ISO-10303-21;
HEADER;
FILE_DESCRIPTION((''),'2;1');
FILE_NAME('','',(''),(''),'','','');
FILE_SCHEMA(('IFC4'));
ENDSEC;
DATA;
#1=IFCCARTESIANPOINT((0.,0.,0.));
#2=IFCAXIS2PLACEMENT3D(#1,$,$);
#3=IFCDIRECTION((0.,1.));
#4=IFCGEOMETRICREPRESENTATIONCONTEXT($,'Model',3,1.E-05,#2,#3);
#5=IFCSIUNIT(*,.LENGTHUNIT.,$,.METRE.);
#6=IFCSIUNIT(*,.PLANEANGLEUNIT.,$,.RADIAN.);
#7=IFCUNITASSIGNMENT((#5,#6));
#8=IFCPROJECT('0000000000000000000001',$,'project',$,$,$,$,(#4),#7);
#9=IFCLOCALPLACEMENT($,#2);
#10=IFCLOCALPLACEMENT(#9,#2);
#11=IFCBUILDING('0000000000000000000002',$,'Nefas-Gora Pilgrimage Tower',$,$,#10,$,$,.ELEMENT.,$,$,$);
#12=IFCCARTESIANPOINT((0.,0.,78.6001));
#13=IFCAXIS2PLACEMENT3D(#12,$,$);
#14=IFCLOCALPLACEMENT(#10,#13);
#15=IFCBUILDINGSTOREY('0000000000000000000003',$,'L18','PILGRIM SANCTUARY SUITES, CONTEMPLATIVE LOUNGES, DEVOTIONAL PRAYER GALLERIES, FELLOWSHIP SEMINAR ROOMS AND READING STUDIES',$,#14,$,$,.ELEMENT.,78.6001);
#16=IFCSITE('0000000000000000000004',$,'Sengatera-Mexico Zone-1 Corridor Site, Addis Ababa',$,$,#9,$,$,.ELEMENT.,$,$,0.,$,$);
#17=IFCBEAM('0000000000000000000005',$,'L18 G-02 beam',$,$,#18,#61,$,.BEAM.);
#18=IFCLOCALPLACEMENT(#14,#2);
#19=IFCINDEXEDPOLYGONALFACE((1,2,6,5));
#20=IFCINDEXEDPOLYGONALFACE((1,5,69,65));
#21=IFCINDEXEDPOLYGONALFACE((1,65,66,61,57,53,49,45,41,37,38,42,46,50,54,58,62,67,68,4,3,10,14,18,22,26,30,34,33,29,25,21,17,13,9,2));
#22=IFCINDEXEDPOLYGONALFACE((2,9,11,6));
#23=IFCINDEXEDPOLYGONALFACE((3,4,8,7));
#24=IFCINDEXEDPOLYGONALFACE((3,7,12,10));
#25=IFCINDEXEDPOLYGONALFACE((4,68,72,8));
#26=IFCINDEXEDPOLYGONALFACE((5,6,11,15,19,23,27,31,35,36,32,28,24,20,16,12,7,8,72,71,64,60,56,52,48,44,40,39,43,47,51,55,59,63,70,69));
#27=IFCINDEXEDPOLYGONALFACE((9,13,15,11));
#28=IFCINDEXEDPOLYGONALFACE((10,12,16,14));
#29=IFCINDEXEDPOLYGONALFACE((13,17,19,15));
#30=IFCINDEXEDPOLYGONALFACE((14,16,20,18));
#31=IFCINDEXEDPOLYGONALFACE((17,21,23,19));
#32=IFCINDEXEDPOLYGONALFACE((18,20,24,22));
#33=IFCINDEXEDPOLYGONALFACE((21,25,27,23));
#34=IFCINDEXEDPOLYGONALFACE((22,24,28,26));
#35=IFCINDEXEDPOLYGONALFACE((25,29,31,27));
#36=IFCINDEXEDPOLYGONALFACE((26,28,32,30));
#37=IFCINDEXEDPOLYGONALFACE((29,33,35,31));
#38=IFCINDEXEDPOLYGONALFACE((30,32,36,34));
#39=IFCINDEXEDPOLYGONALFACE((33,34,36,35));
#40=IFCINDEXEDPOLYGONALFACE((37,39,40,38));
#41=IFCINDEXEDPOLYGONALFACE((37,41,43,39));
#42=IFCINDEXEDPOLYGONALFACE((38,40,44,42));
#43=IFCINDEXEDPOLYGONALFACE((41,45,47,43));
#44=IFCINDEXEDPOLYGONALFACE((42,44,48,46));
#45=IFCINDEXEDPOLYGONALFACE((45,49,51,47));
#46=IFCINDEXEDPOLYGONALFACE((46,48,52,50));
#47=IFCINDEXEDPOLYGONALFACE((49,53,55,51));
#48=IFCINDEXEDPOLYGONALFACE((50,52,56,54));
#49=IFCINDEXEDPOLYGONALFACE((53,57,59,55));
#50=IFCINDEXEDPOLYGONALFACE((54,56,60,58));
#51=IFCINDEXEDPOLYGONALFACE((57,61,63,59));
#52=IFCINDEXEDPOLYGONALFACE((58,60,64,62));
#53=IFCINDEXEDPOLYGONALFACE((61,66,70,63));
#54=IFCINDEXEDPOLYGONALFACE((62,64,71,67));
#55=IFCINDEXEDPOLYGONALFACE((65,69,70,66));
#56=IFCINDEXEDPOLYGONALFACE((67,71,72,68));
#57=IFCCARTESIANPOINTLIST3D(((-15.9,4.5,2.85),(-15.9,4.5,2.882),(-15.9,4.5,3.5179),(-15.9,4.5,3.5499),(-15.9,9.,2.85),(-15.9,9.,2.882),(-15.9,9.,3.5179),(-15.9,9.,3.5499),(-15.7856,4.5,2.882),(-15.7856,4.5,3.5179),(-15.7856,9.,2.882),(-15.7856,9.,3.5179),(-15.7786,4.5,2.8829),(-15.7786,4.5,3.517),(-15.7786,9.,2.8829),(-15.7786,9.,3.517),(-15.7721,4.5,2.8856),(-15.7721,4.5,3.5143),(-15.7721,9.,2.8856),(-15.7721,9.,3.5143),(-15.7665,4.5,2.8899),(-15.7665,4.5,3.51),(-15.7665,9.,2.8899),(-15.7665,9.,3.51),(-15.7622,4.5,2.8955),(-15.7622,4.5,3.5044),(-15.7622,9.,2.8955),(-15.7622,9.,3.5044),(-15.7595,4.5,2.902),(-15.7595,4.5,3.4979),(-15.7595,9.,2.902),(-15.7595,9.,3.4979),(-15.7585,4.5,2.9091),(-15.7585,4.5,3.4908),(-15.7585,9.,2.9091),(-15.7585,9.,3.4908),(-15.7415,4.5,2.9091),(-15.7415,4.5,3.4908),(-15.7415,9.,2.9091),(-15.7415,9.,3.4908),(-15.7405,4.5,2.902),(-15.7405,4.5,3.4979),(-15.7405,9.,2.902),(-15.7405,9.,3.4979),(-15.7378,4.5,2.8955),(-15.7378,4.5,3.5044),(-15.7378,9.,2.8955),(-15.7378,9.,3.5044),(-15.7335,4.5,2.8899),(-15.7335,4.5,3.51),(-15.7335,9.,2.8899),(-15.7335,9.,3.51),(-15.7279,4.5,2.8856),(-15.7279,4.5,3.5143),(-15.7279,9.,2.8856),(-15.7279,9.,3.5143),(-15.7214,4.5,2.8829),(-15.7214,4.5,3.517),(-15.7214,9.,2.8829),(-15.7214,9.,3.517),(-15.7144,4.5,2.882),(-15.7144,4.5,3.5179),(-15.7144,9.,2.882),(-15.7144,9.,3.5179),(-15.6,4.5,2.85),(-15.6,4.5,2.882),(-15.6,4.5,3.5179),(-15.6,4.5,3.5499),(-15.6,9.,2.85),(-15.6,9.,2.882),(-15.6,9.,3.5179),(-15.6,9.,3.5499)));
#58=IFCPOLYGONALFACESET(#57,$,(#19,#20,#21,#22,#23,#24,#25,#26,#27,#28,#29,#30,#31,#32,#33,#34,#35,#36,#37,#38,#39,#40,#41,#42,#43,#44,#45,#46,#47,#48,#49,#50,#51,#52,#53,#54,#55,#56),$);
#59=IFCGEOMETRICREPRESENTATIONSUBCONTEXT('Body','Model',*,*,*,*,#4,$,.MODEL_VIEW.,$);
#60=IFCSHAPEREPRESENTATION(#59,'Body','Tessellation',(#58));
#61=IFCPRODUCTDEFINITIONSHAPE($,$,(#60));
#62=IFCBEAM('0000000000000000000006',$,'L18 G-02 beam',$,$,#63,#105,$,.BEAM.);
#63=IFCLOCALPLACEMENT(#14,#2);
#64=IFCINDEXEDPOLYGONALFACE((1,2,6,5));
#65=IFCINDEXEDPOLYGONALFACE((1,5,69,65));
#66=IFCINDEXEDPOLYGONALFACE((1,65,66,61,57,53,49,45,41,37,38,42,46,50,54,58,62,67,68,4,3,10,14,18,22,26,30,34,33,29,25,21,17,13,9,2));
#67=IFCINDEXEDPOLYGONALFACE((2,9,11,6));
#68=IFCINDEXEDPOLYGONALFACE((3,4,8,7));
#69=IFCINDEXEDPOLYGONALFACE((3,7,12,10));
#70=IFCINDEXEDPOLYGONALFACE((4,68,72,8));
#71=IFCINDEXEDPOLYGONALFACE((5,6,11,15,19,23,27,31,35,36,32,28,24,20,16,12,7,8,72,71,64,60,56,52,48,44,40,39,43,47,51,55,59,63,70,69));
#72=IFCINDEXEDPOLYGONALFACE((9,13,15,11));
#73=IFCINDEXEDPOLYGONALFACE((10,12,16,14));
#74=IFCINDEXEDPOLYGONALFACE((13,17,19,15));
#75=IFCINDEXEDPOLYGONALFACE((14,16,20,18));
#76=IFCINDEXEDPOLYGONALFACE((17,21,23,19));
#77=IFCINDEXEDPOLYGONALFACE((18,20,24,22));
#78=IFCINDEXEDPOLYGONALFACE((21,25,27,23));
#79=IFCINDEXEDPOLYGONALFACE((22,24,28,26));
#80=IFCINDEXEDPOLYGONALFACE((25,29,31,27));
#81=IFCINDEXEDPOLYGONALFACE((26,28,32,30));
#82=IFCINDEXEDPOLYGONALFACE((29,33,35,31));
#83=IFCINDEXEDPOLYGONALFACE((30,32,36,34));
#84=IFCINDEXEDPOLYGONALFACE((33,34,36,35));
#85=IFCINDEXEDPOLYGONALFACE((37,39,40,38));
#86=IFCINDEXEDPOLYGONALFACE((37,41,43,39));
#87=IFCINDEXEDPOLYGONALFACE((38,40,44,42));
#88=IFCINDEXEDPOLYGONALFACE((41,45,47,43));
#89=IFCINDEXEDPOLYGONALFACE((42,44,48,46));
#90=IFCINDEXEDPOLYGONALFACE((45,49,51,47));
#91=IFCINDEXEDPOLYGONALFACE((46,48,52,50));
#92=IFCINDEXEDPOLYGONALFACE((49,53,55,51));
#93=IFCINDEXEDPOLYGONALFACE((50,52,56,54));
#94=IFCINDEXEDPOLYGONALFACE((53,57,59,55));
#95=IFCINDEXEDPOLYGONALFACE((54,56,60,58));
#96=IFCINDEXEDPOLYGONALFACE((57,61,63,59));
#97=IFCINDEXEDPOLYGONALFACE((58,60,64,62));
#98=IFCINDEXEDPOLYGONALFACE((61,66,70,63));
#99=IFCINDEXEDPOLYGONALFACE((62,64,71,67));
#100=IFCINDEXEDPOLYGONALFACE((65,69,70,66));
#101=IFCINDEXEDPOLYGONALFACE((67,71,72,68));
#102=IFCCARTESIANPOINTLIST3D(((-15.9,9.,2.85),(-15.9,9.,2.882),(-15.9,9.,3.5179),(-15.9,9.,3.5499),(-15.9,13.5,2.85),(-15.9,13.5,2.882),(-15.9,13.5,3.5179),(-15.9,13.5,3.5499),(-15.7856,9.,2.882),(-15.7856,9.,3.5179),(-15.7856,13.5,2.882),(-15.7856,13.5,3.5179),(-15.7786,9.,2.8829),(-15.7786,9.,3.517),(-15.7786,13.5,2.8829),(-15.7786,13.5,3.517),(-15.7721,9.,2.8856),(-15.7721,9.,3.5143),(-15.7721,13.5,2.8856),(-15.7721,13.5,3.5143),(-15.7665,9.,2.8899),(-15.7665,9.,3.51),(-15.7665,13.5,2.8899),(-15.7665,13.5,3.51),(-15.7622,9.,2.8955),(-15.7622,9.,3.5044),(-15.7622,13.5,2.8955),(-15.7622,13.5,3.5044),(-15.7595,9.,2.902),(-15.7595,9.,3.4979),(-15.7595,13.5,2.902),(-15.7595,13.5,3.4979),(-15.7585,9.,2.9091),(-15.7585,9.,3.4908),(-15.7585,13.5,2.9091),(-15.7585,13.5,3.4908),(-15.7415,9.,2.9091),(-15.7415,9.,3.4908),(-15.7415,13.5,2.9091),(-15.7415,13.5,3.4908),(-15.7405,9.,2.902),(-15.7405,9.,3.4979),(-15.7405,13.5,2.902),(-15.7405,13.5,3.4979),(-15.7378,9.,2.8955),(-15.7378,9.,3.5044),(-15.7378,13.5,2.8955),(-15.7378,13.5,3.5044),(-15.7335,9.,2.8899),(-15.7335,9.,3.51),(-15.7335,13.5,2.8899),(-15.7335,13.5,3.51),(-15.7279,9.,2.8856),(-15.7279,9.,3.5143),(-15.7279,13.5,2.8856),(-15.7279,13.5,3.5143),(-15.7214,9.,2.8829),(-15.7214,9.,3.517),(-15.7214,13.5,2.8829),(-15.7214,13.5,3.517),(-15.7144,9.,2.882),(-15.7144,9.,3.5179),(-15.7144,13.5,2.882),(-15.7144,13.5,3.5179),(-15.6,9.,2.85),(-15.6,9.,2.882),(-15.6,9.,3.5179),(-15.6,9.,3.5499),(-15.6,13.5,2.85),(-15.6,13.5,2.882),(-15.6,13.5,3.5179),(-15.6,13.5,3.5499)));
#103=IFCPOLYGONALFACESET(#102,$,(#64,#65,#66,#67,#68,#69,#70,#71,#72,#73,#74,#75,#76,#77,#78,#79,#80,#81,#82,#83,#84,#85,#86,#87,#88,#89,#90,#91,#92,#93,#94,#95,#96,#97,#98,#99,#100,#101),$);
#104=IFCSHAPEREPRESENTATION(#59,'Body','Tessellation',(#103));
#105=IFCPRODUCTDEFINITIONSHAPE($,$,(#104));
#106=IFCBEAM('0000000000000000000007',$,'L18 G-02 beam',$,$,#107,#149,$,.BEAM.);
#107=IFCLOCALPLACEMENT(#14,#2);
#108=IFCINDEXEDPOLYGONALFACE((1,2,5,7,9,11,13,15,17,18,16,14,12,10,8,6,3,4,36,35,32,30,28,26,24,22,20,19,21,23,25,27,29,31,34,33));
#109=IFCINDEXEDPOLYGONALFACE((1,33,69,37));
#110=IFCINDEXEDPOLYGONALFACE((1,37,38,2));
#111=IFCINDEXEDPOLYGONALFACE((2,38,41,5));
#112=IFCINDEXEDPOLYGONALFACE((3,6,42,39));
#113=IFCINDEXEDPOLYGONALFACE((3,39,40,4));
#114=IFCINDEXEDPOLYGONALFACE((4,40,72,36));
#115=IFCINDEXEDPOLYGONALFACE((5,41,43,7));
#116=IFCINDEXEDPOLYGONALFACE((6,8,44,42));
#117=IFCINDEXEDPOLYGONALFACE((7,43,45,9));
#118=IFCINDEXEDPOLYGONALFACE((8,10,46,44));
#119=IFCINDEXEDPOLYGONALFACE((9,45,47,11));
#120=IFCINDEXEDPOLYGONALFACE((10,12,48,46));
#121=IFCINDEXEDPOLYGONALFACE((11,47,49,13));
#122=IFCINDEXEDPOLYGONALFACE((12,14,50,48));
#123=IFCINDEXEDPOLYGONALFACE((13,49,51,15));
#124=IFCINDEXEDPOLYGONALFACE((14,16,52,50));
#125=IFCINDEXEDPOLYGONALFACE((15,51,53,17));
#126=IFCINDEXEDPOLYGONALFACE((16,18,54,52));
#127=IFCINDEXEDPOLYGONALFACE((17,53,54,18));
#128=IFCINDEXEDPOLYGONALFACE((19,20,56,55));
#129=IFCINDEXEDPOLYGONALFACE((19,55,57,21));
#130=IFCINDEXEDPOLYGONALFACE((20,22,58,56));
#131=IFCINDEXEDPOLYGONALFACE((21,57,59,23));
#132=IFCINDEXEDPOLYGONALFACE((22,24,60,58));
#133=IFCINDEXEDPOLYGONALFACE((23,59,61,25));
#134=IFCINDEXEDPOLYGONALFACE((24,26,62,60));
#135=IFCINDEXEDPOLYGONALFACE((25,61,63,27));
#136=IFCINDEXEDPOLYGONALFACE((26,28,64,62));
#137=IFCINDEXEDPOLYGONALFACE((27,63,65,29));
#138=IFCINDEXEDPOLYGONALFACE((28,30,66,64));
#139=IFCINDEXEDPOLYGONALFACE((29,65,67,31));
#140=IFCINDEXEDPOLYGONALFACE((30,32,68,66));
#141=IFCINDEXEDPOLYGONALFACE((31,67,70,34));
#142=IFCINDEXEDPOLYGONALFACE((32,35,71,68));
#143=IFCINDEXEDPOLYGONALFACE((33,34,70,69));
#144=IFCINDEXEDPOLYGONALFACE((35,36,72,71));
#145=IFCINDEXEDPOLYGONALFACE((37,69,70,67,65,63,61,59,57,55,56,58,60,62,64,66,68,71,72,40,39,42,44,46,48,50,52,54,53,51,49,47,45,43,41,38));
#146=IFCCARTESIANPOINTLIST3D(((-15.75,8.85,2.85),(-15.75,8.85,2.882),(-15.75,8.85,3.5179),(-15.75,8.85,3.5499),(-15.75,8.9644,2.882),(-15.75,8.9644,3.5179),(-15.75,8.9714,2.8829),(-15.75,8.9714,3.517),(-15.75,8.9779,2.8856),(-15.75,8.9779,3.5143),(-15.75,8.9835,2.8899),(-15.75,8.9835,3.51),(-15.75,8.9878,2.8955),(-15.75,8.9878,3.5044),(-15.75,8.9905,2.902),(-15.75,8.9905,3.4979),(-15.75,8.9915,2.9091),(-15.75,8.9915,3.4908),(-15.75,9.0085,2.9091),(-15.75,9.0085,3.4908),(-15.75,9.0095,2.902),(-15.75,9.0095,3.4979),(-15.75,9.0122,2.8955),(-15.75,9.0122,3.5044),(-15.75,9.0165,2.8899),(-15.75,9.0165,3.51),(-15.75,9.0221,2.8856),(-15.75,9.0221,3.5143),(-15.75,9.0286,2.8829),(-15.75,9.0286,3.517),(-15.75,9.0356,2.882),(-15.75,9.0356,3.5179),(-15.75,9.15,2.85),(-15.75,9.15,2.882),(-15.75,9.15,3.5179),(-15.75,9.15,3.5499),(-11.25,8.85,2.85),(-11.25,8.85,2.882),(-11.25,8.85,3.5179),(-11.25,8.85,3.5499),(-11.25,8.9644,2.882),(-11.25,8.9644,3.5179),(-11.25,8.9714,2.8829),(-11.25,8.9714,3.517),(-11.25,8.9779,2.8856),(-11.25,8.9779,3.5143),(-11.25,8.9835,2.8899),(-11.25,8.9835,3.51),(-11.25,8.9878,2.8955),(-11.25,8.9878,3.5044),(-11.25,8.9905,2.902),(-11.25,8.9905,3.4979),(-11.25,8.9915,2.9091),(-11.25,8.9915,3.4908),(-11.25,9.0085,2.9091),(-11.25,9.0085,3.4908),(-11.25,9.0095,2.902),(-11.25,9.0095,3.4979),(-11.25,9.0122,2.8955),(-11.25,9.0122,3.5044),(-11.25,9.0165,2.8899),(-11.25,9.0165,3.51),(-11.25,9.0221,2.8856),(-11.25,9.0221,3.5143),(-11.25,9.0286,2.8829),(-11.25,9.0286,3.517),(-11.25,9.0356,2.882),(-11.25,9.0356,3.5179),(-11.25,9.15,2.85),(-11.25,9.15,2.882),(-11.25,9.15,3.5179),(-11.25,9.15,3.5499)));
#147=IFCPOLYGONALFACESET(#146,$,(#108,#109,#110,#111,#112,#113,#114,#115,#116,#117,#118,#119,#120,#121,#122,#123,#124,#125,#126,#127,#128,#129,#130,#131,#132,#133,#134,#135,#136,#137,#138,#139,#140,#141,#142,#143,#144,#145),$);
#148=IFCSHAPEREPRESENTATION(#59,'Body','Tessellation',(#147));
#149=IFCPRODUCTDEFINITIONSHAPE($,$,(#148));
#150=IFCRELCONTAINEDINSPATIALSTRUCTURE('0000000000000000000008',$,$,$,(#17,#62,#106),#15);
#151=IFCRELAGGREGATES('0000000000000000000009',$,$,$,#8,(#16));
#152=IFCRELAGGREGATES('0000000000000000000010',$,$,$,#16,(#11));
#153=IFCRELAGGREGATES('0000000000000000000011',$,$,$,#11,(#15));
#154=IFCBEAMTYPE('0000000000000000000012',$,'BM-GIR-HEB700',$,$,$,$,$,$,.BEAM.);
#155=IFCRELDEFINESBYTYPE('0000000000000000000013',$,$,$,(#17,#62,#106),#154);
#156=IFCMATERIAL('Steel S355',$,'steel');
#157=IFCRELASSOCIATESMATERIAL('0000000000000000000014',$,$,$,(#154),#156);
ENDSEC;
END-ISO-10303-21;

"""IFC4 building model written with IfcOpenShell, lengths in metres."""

from ifc_helpers import new_model, si_unit, direction, frame, origin, origin_2d, place, context, subcontext, project, spatial, i_section, extrude, source, transform, mapped, material, material_profile, profile_set, type_object, element, save


model = new_model("IFC4")

# Units and contexts
model_context = context("Model", 3, precision=1e-05, world=origin(), true_north=direction((0.0, 1.0)))
body_context = subcontext(model_context, "Body", "Model", "MODEL_VIEW")
ifc_project = project(units=[si_unit("LENGTHUNIT", "METRE"), si_unit("PLANEANGLEUNIT", "RADIAN")], contexts=[model_context])

# Site, building, storey
site_placement = place(None, origin())
site = spatial("IfcSite", under=ifc_project, at=site_placement, Name="Sengatera-Mexico Zone-1 Corridor Site, Addis Ababa", CompositionType="ELEMENT", RefElevation=0.0)
building_placement = place(site_placement, origin())
building = spatial("IfcBuilding", under=site, at=building_placement, Name="Nefas-Gora Pilgrimage Tower", CompositionType="ELEMENT")
storey_placement = place(building_placement, frame((0.0, 0.0, 78.6001)))
storey = spatial("IfcBuildingStorey", under=building, at=storey_placement, Name="L18", Description="PILGRIM SANCTUARY SUITES, CONTEMPLATIVE LOUNGES, DEVOTIONAL PRAYER GALLERIES, FELLOWSHIP SEMINAR ROOMS AND READING STUDIES", CompositionType="ELEMENT", Elevation=78.6001)

# Beams
ifc_material_1 = material(Name="Steel S355", Category="steel")
ifc_material_profile_1 = material_profile(ifc_material_1, i_section(OverallWidth=0.3, OverallDepth=0.7, WebThickness=0.0171, FlangeThickness=0.032, FilletRadius=0.0271, at=origin_2d()), Name="HEB 700")
ifc_profile_set_1 = profile_set([ifc_material_profile_1], Name="Steel S355")
beam_type_1 = type_object("IfcBeamType", Name="BM-GIR-HEB700", PredefinedType="BEAM", material=ifc_profile_set_1)
shared_shape_1 = source(origin(), body_context, "Body", "SweptSolid", [
    extrude(i_section(OverallWidth=0.3, OverallDepth=0.7, WebThickness=0.0171, FlangeThickness=0.032, FilletRadius=0.0271, at=origin_2d()), origin(), (0.0, 0.0, 1.0), 4.5),
])
for number, where, z_axis, x_axis, name in (
    (1, (-15.75, 4.5, 3.2), (0.0, 1.0, 0.0), (-1.0, 0.0, 0.0), "L18 G-02 beam"),
    (2, (-15.75, 9.0, 3.2), (0.0, 1.0, 0.0), (-1.0, 0.0, 0.0), "L18 G-02 beam"),
    (3, (-15.75, 9.0, 3.2), (1.0, 0.0, 0.0), (0.0, 1.0, 0.0), "L18 G-02 beam"),
):
    element("IfcBeam", number, at=place(storey_placement, frame(where, z_axis=z_axis, x_axis=x_axis)), inside=storey, type_object=beam_type_1, Name=name, PredefinedType="BEAM", context=body_context, shape_type="MappedRepresentation", body=[
        mapped(shared_shape_1, transform((0.0, 0.0, 0.0), x_axis=(1.0, 0.0, 0.0), y_axis=(0.0, 1.0, 0.0), z_axis=(0.0, 0.0, 1.0), scale=1.0)),
    ])

save(model, "model.ifc")
